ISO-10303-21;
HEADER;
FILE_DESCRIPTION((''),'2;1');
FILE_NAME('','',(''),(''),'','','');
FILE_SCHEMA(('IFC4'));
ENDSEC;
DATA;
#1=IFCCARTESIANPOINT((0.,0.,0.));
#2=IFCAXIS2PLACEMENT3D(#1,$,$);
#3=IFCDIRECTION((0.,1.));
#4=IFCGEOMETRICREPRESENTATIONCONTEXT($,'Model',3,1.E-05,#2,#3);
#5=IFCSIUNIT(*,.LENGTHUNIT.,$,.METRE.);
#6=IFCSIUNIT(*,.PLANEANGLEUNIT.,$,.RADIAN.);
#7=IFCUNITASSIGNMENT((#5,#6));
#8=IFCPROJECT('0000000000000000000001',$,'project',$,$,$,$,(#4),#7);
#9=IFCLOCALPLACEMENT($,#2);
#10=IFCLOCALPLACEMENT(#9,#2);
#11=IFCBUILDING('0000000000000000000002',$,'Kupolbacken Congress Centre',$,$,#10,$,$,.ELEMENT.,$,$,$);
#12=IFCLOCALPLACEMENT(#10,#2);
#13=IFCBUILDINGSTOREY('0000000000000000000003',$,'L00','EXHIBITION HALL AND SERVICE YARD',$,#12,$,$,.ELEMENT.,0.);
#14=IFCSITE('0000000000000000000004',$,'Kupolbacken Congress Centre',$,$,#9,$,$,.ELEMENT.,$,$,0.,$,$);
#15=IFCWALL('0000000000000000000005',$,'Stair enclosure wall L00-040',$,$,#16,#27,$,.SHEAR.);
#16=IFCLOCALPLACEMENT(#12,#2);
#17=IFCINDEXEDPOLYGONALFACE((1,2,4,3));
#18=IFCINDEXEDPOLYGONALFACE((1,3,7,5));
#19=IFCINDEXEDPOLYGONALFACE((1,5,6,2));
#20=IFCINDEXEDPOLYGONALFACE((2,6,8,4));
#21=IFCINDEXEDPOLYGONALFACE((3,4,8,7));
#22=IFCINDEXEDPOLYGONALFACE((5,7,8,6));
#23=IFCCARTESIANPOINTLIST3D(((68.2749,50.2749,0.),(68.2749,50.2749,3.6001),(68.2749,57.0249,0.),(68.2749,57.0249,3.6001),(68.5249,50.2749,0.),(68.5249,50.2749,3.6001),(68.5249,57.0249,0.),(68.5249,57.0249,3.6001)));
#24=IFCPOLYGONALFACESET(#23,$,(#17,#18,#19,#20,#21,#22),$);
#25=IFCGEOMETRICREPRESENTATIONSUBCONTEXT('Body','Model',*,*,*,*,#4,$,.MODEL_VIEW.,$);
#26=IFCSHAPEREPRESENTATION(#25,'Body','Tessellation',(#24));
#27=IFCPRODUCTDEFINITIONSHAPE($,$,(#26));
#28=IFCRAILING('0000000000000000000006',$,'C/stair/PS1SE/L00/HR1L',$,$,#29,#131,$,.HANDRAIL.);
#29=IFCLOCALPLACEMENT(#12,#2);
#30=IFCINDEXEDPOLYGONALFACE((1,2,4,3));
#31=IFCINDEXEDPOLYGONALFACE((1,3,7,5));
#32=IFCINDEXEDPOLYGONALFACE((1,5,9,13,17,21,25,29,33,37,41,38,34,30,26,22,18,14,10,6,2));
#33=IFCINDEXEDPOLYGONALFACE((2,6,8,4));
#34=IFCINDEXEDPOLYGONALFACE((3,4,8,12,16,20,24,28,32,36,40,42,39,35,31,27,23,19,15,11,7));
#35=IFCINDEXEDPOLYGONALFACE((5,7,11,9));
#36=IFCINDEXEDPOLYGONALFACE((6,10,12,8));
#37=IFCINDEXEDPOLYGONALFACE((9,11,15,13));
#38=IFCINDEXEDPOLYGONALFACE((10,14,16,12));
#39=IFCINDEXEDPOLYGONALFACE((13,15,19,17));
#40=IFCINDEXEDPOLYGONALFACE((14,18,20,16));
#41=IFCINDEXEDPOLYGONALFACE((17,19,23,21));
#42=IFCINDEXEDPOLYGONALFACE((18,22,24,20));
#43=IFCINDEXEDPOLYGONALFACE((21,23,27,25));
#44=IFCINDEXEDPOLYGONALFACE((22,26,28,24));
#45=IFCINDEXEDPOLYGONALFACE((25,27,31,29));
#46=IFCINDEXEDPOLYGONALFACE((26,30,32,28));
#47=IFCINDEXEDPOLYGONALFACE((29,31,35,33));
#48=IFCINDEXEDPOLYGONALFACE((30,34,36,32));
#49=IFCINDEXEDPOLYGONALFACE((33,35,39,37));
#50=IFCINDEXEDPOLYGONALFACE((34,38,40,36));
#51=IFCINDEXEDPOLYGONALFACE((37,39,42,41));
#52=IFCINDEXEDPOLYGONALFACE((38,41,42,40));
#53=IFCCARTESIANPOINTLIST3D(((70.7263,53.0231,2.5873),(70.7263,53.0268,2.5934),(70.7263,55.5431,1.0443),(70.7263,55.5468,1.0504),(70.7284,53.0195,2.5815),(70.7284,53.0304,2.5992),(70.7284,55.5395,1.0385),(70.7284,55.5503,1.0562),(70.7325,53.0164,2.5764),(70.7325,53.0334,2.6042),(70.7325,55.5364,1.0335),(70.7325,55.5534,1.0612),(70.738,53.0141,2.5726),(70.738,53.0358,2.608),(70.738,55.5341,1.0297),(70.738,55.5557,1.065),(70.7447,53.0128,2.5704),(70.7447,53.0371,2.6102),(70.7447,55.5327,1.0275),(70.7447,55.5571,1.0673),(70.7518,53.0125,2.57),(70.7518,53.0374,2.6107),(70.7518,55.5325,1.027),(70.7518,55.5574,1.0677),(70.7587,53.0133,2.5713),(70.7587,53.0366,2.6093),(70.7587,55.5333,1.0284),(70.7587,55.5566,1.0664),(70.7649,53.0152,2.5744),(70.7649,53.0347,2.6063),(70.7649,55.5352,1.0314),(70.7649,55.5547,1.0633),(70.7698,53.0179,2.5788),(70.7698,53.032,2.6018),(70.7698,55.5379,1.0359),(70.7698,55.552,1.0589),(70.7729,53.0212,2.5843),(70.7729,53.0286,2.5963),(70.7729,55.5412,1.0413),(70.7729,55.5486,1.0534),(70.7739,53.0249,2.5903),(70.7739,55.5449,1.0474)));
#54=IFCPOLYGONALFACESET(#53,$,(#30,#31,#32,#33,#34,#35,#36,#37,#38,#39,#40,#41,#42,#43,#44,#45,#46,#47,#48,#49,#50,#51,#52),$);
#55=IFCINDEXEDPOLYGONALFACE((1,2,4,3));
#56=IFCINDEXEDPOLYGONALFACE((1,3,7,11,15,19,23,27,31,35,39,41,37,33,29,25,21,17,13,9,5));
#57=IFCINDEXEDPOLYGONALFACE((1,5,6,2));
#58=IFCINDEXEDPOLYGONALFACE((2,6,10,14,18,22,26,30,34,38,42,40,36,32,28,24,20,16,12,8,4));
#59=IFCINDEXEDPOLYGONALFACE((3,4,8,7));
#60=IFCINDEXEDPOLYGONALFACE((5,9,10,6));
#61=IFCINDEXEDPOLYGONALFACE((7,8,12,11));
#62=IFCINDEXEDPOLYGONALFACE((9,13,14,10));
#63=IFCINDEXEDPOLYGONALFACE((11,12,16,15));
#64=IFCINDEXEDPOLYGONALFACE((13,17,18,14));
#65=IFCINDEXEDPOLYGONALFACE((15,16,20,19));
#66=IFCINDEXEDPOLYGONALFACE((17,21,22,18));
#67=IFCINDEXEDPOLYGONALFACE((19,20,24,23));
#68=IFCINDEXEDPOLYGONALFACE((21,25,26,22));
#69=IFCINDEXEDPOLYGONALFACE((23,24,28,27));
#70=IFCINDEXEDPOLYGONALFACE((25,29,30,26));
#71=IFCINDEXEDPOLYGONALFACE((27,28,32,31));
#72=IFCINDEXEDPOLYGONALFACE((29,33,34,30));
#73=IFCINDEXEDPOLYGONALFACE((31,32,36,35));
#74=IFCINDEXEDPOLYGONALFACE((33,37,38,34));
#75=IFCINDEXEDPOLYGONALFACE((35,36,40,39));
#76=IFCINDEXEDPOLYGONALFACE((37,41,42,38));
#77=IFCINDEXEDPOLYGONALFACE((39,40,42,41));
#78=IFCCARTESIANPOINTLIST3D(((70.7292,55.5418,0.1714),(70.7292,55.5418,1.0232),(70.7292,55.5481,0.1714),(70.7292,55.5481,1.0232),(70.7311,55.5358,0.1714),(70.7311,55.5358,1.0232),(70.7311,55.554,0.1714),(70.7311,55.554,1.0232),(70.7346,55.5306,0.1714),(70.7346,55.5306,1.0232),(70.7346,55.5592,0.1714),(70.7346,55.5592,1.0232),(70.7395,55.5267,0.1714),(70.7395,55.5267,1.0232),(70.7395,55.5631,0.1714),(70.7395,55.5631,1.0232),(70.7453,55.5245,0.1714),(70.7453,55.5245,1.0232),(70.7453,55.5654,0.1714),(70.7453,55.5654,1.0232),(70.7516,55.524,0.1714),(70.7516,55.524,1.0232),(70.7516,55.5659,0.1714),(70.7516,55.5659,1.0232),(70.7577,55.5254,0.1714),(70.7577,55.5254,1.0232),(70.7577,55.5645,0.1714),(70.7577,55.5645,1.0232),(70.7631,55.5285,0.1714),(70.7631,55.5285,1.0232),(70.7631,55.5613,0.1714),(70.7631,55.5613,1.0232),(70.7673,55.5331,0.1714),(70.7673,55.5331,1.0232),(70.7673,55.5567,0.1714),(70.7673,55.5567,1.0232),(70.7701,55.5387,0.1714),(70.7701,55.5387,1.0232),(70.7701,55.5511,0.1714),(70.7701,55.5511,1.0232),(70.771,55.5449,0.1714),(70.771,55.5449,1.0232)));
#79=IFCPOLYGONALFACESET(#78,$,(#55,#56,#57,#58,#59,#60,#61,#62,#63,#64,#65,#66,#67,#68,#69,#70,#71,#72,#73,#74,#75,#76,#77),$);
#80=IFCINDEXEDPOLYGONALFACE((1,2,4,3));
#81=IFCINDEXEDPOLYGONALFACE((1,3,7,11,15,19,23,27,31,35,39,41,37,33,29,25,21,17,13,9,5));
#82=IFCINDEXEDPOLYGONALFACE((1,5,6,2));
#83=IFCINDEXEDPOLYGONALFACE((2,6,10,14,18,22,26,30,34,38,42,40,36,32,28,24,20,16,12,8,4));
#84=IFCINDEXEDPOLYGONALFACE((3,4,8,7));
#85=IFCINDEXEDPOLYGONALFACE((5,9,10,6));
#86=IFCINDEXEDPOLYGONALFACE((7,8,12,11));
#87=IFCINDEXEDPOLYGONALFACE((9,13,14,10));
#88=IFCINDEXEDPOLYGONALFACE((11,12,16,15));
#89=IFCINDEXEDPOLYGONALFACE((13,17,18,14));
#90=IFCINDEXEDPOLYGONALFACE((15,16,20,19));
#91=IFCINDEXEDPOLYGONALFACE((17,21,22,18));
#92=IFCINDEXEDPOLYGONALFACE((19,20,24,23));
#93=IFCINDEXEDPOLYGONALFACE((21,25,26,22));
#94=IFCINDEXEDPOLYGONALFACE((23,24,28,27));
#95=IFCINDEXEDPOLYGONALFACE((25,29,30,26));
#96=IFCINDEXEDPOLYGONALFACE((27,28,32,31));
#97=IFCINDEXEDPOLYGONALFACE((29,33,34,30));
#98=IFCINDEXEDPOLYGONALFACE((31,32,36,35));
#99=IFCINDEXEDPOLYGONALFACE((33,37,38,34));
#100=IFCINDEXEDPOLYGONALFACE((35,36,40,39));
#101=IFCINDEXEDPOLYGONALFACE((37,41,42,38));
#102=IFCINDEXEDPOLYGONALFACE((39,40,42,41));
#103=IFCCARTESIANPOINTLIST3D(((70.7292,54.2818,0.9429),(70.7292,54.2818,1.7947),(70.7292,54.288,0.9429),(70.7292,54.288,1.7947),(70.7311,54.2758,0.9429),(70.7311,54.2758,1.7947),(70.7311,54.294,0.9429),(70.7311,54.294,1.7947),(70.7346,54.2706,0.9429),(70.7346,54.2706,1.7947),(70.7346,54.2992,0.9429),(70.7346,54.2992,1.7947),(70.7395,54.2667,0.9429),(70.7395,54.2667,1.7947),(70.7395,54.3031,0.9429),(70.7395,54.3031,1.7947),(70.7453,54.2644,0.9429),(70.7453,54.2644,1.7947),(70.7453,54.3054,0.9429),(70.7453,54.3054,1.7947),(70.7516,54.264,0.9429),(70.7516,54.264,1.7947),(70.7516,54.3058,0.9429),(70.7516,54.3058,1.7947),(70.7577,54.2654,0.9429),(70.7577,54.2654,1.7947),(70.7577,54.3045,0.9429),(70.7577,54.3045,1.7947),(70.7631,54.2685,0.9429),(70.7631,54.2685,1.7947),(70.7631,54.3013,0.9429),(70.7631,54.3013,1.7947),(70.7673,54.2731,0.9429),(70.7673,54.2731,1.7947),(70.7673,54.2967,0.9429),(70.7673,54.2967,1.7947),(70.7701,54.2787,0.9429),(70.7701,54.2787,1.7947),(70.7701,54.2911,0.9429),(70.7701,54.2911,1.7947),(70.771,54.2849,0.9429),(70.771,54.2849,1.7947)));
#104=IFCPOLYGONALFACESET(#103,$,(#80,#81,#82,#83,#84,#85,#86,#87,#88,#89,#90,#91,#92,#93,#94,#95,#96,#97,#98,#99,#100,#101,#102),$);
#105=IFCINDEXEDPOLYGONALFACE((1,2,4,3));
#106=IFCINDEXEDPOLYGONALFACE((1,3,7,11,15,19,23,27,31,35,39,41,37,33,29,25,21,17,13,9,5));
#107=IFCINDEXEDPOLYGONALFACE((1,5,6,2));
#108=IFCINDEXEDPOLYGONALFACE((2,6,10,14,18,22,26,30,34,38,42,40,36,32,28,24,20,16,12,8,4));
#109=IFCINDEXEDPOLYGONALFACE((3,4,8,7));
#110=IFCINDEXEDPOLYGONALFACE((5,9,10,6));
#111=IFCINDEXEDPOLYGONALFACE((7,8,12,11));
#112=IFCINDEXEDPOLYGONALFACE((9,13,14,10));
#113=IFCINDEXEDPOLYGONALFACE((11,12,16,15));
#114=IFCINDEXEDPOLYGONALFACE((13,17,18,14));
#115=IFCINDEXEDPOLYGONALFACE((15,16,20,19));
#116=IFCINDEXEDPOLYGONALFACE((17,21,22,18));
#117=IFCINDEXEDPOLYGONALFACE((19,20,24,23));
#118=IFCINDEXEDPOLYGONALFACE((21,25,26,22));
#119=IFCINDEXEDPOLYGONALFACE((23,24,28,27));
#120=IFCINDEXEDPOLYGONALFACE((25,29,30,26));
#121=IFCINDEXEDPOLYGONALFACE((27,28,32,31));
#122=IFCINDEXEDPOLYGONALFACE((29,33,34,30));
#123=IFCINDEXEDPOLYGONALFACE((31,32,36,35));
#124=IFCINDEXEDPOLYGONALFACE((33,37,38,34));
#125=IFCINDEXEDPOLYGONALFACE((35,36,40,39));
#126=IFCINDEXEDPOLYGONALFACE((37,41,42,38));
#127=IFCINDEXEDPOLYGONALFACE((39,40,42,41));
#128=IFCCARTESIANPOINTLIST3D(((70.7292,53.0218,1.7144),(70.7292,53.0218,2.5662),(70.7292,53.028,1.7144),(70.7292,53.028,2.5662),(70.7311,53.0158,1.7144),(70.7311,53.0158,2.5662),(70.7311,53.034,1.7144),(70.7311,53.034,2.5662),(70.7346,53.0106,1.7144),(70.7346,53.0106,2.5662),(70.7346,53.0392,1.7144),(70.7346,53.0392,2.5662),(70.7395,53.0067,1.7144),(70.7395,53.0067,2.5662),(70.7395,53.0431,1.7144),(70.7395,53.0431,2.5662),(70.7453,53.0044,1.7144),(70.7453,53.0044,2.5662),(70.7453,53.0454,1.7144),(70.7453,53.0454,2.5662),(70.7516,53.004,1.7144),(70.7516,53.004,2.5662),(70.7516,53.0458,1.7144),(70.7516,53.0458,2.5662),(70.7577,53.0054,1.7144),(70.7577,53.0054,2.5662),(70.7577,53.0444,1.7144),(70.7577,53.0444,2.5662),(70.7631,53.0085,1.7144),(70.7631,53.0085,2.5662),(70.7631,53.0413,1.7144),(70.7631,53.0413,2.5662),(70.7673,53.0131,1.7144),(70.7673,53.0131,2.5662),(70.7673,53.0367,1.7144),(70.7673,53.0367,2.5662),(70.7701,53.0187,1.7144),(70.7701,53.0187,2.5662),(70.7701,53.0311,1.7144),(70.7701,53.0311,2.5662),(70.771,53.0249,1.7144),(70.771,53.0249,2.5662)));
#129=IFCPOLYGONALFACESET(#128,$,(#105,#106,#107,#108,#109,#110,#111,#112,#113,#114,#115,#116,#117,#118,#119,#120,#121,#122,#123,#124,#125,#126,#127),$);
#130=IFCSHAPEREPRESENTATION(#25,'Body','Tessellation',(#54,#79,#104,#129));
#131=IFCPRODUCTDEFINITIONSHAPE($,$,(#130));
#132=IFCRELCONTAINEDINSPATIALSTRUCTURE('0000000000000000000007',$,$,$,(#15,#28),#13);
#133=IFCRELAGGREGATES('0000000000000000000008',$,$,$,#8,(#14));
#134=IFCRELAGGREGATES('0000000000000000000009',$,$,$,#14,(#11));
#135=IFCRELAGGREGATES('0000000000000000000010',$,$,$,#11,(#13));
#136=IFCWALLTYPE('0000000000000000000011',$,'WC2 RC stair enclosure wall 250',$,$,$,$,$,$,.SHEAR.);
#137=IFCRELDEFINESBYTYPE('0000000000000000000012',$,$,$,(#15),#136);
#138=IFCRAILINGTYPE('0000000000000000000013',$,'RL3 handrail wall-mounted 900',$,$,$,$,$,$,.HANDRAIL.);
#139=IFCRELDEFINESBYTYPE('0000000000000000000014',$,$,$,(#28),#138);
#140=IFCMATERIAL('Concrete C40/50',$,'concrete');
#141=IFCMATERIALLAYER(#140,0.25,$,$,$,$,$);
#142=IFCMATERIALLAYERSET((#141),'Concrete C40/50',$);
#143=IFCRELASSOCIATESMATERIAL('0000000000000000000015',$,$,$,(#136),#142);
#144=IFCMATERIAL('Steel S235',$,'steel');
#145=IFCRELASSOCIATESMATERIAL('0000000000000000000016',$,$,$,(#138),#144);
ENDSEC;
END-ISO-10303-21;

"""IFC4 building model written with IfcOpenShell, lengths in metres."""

from ifc_helpers import new_model, si_unit, direction, frame, frame_2d, origin, origin_2d, place, context, subcontext, project, spatial, rectangle, circle, extrude, material, layer, layer_set, type_object, element, save


model = new_model("IFC4")

# Units and contexts
model_context = context("Model", 3, precision=1e-05, world=origin(), true_north=direction((0.0, 1.0)))
body_context = subcontext(model_context, "Body", "Model", "MODEL_VIEW")
ifc_project = project(units=[si_unit("LENGTHUNIT", "METRE"), si_unit("PLANEANGLEUNIT", "RADIAN")], contexts=[model_context])

# Site, building, storey
site_placement = place(None, origin())
site = spatial("IfcSite", under=ifc_project, at=site_placement, Name="Kupolbacken Congress Centre", CompositionType="ELEMENT", RefElevation=0.0)
building_placement = place(site_placement, origin())
building = spatial("IfcBuilding", under=site, at=building_placement, Name="Kupolbacken Congress Centre", CompositionType="ELEMENT")
storey_placement = place(building_placement, origin())
storey = spatial("IfcBuildingStorey", under=building, at=storey_placement, Name="L00", Description="EXHIBITION HALL AND SERVICE YARD", CompositionType="ELEMENT", Elevation=0.0)

# Wall
ifc_material_1 = material(Name="Concrete C40/50", Category="concrete")
ifc_layer_1 = layer(ifc_material_1, 0.25)
ifc_layer_set_1 = layer_set([ifc_layer_1], Name="Concrete C40/50")
wall_type_1 = type_object("IfcWallType", Name="WC2 RC stair enclosure wall 250", PredefinedType="SHEAR", material=ifc_layer_set_1)
wall_1_placement = place(storey_placement, frame((68.3999, 57.0249, 0.0), z_axis=(0.0, 0.0, 1.0), x_axis=(0.0, -1.0, 0.0)))
element("IfcWall", 1, at=wall_1_placement, inside=storey, type_object=wall_type_1, Name="Stair enclosure wall L00-040", PredefinedType="SHEAR", context=body_context, shape_type="SweptSolid", body=[
    extrude(rectangle(XDim=6.75, YDim=0.25, at=frame_2d((3.375, 0.0))), origin(), (0.0, 0.0, 1.0), 3.6001),
])

# Railing
ifc_material_2 = material(Name="Steel S235", Category="steel")
railing_type = type_object("IfcRailingType", Name="RL3 handrail wall-mounted 900", PredefinedType="HANDRAIL", material=ifc_material_2)
for number, where, name in (
    (2, (70.75, 55.5449, 0.1714), "C/stair/PS1SE/L00/HR1L"),
):
    element("IfcRailing", number, at=place(storey_placement, frame(where)), inside=storey, type_object=railing_type, Name=name, PredefinedType="HANDRAIL", context=body_context, shape_type="SweptSolid", body=[
        extrude(circle(Radius=0.0239, at=origin_2d()), frame((0.0, 0.0, 0.876), z_axis=(0.0, -0.852836, 0.522178), x_axis=(1.0, 0.0, 0.0)), (0.0, 0.0, 1.0), 2.9548),
        extrude(circle(Radius=0.021, at=origin_2d()), origin(), (0.0, 0.0, 1.0), 0.8518),
        extrude(circle(Radius=0.021, at=origin_2d()), frame((0.0, -1.26, 0.7715)), (0.0, 0.0, 1.0), 0.8518),
        extrude(circle(Radius=0.021, at=origin_2d()), frame((0.0, -2.52, 1.543)), (0.0, 0.0, 1.0), 0.8518),
    ])

save(model, "model.ifc")
